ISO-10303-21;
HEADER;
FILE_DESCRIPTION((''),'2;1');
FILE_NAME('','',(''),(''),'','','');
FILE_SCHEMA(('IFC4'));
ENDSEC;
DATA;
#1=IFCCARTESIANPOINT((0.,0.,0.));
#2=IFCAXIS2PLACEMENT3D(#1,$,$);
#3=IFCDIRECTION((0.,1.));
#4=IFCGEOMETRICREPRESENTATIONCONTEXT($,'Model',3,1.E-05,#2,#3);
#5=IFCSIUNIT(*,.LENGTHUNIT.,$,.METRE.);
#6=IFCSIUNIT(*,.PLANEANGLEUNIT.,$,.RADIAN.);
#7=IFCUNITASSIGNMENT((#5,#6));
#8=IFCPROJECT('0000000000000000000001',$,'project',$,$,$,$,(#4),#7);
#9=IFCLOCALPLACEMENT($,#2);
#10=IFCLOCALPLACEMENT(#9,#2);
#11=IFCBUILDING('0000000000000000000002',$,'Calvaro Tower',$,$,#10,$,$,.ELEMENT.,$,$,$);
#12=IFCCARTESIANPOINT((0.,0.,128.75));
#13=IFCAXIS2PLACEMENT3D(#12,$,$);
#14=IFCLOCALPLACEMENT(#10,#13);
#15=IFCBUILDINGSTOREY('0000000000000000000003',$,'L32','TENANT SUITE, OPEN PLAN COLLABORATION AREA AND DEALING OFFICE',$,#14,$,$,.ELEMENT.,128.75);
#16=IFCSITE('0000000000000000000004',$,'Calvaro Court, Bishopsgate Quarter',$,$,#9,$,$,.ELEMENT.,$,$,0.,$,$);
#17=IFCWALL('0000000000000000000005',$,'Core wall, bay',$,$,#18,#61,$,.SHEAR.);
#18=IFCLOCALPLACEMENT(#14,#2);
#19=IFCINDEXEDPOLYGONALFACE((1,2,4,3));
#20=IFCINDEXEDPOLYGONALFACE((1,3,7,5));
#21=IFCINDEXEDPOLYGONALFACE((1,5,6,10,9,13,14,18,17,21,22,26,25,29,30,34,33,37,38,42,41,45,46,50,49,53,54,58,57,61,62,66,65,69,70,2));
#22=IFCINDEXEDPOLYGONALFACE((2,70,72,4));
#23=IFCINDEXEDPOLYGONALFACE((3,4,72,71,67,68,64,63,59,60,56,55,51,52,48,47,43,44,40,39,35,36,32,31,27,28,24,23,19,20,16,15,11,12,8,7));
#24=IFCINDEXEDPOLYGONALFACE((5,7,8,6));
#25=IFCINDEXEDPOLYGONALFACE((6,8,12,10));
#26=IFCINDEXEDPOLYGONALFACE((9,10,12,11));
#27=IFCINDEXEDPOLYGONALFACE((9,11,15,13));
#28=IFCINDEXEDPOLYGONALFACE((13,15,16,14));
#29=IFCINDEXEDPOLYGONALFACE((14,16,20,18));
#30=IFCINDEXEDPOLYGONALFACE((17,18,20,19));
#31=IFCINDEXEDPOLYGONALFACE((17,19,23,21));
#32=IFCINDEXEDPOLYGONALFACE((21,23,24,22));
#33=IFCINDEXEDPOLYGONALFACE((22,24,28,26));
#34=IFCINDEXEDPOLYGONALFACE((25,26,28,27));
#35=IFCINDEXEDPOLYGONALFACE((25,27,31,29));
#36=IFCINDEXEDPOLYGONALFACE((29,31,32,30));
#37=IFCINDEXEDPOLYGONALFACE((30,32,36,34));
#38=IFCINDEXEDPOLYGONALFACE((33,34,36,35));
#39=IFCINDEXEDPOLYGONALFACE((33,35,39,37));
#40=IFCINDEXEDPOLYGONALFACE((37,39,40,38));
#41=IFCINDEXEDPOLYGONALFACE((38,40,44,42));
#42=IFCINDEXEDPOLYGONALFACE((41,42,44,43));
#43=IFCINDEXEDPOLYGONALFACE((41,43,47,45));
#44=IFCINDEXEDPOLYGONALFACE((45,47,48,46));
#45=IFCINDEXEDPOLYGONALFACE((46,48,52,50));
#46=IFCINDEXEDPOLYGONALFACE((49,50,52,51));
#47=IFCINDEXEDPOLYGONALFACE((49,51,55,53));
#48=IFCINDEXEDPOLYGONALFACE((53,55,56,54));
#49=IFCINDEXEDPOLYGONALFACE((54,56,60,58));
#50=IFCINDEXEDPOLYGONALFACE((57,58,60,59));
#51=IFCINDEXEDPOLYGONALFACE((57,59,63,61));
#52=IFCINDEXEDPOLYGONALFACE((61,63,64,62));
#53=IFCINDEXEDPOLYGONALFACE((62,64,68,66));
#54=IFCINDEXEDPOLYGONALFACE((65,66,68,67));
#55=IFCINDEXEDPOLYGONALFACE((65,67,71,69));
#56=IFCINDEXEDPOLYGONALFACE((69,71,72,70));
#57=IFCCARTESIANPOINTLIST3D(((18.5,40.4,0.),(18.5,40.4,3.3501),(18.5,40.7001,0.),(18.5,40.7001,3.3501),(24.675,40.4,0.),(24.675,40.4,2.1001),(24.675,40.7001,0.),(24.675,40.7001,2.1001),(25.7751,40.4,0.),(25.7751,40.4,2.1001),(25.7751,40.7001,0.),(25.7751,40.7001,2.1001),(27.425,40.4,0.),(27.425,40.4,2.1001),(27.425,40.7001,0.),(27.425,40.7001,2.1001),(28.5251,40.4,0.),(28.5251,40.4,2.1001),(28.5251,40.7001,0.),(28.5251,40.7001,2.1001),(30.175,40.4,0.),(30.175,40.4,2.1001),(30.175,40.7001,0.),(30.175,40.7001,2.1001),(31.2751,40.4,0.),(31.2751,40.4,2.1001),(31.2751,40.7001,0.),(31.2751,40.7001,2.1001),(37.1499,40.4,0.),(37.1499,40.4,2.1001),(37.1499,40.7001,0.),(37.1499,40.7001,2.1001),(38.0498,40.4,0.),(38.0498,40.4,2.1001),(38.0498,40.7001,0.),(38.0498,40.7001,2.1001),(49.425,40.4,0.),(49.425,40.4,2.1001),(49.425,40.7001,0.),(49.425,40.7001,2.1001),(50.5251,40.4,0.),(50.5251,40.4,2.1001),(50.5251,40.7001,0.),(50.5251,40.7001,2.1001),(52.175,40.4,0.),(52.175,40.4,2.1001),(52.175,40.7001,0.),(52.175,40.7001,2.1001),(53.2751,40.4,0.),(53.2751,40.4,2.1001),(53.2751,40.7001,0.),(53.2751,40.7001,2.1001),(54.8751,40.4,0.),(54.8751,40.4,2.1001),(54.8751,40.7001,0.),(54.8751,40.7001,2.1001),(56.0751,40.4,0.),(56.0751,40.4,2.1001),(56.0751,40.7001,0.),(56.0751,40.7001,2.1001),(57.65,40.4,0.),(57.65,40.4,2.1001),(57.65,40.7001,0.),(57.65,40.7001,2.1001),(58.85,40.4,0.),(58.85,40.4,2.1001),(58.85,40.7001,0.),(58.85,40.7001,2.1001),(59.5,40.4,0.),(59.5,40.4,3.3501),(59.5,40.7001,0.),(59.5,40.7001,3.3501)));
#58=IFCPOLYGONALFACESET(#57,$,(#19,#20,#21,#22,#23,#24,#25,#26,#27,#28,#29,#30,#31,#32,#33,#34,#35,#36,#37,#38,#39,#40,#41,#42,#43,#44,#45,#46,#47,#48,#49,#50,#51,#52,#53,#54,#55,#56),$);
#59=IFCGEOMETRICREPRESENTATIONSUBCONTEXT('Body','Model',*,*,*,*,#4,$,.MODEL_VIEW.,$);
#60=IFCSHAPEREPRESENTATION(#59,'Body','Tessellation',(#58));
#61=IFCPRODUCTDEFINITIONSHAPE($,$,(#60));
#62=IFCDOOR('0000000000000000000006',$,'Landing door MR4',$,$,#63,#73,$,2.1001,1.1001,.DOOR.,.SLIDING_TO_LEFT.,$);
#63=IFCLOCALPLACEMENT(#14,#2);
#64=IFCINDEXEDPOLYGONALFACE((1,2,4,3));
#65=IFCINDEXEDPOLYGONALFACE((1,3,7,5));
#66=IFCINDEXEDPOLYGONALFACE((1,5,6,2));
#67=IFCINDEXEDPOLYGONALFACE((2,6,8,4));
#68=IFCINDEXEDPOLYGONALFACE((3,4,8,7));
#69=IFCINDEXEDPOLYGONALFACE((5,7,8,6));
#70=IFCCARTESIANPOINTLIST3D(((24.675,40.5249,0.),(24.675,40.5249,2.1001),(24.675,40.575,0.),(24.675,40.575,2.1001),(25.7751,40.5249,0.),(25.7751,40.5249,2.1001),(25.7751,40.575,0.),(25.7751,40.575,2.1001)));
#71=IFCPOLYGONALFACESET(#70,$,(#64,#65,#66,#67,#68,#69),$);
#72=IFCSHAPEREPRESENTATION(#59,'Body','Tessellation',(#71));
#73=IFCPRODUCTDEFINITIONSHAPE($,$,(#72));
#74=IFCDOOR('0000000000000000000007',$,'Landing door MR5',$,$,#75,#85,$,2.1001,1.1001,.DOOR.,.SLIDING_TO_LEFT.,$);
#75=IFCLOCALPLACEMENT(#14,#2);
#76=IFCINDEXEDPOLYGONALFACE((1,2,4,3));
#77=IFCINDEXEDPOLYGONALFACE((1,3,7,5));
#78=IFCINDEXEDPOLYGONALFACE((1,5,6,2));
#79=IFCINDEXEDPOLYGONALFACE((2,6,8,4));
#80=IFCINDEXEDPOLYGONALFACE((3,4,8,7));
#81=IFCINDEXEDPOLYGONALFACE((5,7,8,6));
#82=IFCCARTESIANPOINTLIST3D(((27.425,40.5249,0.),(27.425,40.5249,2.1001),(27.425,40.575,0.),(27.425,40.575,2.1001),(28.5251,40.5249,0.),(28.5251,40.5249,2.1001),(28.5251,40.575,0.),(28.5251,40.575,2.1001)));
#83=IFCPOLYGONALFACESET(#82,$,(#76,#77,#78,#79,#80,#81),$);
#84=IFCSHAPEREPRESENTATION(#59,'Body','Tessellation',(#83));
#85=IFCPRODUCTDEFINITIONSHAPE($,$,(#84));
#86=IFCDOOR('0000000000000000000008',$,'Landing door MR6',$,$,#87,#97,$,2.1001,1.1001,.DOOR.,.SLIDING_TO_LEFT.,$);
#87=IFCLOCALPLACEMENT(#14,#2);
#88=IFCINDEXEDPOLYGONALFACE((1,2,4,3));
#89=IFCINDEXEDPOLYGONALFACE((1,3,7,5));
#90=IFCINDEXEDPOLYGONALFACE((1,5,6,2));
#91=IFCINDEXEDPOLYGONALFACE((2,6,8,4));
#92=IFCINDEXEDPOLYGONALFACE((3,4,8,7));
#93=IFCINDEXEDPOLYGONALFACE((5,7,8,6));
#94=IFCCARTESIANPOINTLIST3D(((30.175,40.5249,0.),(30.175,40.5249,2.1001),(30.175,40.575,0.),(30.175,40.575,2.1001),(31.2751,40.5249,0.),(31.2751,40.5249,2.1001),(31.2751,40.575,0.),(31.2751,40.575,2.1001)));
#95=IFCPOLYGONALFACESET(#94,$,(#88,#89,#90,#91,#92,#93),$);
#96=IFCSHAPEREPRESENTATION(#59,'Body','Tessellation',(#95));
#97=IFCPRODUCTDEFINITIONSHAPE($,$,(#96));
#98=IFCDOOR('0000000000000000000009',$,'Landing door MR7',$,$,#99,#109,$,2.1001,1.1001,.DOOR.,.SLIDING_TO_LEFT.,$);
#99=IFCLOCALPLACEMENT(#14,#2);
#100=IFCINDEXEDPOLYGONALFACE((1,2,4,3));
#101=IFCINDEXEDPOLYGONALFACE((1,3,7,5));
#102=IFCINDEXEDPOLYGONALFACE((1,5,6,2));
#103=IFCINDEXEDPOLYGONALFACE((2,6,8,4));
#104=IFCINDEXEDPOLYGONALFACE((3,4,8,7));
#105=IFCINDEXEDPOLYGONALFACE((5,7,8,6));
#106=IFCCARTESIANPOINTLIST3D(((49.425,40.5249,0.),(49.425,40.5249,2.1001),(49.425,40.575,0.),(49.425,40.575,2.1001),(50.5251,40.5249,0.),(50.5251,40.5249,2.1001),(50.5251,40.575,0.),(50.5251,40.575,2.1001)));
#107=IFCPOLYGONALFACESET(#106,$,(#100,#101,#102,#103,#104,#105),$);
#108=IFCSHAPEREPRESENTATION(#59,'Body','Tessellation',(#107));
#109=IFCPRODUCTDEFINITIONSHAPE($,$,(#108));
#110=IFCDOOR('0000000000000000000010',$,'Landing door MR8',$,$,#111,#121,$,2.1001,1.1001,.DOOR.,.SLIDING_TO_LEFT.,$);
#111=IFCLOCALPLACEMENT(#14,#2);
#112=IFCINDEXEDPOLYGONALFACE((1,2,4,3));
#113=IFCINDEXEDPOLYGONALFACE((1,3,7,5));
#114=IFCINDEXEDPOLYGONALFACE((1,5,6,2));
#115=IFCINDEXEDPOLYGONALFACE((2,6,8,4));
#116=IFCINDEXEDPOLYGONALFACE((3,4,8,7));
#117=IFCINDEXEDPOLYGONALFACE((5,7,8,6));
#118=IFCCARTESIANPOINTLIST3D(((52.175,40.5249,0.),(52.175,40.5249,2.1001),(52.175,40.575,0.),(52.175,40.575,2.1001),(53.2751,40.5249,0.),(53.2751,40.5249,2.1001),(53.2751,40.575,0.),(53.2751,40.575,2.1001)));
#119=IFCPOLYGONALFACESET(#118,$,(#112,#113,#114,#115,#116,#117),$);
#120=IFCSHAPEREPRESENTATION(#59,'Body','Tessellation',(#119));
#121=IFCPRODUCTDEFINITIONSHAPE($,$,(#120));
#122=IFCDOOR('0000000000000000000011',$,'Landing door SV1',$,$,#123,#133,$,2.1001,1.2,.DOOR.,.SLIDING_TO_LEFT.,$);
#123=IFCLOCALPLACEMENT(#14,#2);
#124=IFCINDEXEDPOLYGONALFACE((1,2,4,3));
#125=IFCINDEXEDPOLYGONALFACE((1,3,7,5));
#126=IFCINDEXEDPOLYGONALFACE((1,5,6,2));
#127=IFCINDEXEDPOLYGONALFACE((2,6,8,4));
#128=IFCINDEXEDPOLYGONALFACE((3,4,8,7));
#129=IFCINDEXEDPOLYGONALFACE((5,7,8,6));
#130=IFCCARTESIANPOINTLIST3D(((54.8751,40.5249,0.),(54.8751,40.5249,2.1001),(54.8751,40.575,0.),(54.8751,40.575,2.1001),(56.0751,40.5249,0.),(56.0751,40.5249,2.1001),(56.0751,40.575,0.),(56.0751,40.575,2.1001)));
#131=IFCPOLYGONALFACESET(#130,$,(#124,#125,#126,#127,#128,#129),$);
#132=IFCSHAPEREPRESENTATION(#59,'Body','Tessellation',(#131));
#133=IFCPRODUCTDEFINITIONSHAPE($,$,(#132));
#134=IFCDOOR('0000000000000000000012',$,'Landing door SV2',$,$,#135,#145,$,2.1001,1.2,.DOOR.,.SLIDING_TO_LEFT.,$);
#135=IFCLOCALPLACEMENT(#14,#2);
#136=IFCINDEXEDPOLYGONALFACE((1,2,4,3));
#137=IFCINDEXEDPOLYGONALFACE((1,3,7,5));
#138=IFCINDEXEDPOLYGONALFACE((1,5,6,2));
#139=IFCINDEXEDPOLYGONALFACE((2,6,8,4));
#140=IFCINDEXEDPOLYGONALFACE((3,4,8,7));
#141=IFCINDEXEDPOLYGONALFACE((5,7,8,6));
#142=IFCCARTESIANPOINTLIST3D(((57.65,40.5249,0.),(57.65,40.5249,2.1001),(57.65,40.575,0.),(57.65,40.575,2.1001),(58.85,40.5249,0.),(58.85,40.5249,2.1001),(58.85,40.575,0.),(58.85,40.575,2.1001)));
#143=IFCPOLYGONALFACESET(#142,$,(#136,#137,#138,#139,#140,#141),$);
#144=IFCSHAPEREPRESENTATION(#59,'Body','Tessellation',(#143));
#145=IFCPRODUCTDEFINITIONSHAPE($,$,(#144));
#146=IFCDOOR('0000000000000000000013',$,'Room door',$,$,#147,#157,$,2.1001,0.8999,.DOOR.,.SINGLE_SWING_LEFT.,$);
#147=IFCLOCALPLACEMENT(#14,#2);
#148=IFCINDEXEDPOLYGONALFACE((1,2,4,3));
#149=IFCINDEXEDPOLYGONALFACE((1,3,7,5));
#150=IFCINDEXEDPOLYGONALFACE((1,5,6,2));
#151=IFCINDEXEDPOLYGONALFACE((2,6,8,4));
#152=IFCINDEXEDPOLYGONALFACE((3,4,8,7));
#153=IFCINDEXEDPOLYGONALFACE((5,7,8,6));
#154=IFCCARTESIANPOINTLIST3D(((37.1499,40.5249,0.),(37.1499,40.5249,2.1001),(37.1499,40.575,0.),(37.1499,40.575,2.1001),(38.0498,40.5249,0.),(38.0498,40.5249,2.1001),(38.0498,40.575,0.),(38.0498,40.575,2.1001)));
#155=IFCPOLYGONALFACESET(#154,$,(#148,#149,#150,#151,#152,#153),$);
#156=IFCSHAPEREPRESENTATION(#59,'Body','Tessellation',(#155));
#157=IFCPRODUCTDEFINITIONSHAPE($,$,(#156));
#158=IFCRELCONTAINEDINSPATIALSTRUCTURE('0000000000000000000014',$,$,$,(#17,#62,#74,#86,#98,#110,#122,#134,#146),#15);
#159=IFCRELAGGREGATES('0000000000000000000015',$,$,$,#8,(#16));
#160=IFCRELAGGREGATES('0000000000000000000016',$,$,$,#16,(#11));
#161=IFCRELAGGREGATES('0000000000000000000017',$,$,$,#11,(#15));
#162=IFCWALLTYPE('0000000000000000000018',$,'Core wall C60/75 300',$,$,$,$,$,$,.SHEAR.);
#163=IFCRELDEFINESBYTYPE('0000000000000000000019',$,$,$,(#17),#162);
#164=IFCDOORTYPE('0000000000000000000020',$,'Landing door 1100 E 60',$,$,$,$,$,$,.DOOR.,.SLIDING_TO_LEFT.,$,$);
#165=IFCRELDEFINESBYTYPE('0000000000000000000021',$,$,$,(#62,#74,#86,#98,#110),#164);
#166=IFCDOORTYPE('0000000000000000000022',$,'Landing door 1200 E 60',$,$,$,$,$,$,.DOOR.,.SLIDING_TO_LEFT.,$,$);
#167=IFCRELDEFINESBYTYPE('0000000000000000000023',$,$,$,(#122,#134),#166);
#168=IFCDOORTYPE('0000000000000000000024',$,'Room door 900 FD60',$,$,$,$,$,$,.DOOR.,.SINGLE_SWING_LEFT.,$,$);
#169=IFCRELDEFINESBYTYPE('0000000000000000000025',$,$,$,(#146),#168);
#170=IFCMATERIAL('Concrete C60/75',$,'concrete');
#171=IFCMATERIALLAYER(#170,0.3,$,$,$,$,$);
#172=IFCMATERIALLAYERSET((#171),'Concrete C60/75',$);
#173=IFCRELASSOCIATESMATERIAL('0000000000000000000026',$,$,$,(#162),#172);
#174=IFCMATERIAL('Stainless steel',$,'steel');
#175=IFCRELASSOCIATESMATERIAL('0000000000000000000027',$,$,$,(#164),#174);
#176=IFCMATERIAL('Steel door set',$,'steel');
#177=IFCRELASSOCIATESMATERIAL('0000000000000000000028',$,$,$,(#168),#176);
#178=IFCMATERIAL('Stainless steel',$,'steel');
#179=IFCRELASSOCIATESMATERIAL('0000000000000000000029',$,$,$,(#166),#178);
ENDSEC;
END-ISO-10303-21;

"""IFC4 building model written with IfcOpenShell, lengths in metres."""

from ifc_helpers import new_model, si_unit, direction, frame, frame_2d, origin, place, context, subcontext, project, spatial, rectangle, extrude, material, layer, layer_set, type_object, element, fill, save


model = new_model("IFC4")

# Units and contexts
model_context = context("Model", 3, precision=1e-05, world=origin(), true_north=direction((0.0, 1.0)))
body_context = subcontext(model_context, "Body", "Model", "MODEL_VIEW")
ifc_project = project(units=[si_unit("LENGTHUNIT", "METRE"), si_unit("PLANEANGLEUNIT", "RADIAN")], contexts=[model_context])

# Site, building, storey
site_placement = place(None, origin())
site = spatial("IfcSite", under=ifc_project, at=site_placement, Name="Calvaro Court, Bishopsgate Quarter", CompositionType="ELEMENT", RefElevation=0.0)
building_placement = place(site_placement, origin())
building = spatial("IfcBuilding", under=site, at=building_placement, Name="Calvaro Tower", CompositionType="ELEMENT")
storey_placement = place(building_placement, frame((0.0, 0.0, 128.75)))
storey = spatial("IfcBuildingStorey", under=building, at=storey_placement, Name="L32", Description="TENANT SUITE, OPEN PLAN COLLABORATION AREA AND DEALING OFFICE", CompositionType="ELEMENT", Elevation=128.75)

# Shared definitions
ifc_material_1 = material(Name="Concrete C60/75", Category="concrete")
ifc_layer_1 = layer(ifc_material_1, 0.3)
ifc_layer_set_1 = layer_set([ifc_layer_1], Name="Concrete C60/75")
wall_type_1 = type_object("IfcWallType", Name="Core wall C60/75 300", PredefinedType="SHEAR", material=ifc_layer_set_1)
ifc_material_2 = material(Name="Stainless steel", Category="steel")
door_type_1 = type_object("IfcDoorType", Name="Landing door 1100 E 60", OperationType="SLIDING_TO_LEFT", PredefinedType="DOOR", material=ifc_material_2)

# Shared definitions
ifc_material_3 = material(Name="Steel door set", Category="steel")
door_type_2 = type_object("IfcDoorType", Name="Room door 900 FD60", OperationType="SINGLE_SWING_LEFT", PredefinedType="DOOR", material=ifc_material_3)

# Wall, openings, doors
wall_1_placement = place(storey_placement, frame((18.5, 40.55, 0.0), z_axis=(0.0, 0.0, 1.0), x_axis=(1.0, 0.0, 0.0)))
wall_1 = element("IfcWall", 1, at=wall_1_placement, inside=storey, type_object=wall_type_1, Name="Core wall, bay", PredefinedType="SHEAR", context=body_context, shape_type="SweptSolid", body=[
    extrude(rectangle(XDim=41.0, YDim=0.3, at=frame_2d((20.5, 0.0))), origin(), (0.0, 0.0, 1.0), 3.3501),
])
opening_1_placement = place(wall_1_placement, frame((18.6499, 0.0, 0.0)))
opening_1 = element("IfcOpeningElement", 2, at=opening_1_placement, cuts=wall_1, PredefinedType="OPENING", context=body_context, shape_type="SweptSolid", body=[
    extrude(rectangle(XDim=0.8999, YDim=2.1001, at=frame_2d((0.45, 1.05))), frame((0.0, 0.1599, 0.0), z_axis=(0.0, -1.0, 0.0), x_axis=(1.0, 0.0, 0.0)), (0.0, 0.0, 1.0), 0.3201),
])
opening_2_placement = place(wall_1_placement, frame((6.175, 0.0, 0.0)))
opening_2 = element("IfcOpeningElement", 3, at=opening_2_placement, cuts=wall_1, PredefinedType="OPENING", context=body_context, shape_type="SweptSolid", body=[
    extrude(rectangle(XDim=1.1001, YDim=2.1001, at=frame_2d((0.55, 1.05))), frame((0.0, 0.1599, 0.0), z_axis=(0.0, -1.0, 0.0), x_axis=(1.0, 0.0, 0.0)), (0.0, 0.0, 1.0), 0.3201),
])
opening_3_placement = place(wall_1_placement, frame((8.925, 0.0, 0.0)))
opening_3 = element("IfcOpeningElement", 4, at=opening_3_placement, cuts=wall_1, PredefinedType="OPENING", context=body_context, shape_type="SweptSolid", body=[
    extrude(rectangle(XDim=1.1001, YDim=2.1001, at=frame_2d((0.55, 1.05))), frame((0.0, 0.1599, 0.0), z_axis=(0.0, -1.0, 0.0), x_axis=(1.0, 0.0, 0.0)), (0.0, 0.0, 1.0), 0.3201),
])
opening_4_placement = place(wall_1_placement, frame((11.675, 0.0, 0.0)))
opening_4 = element("IfcOpeningElement", 5, at=opening_4_placement, cuts=wall_1, PredefinedType="OPENING", context=body_context, shape_type="SweptSolid", body=[
    extrude(rectangle(XDim=1.1001, YDim=2.1001, at=frame_2d((0.55, 1.05))), frame((0.0, 0.1599, 0.0), z_axis=(0.0, -1.0, 0.0), x_axis=(1.0, 0.0, 0.0)), (0.0, 0.0, 1.0), 0.3201),
])
opening_5_placement = place(wall_1_placement, frame((30.925, 0.0, 0.0)))
opening_5 = element("IfcOpeningElement", 6, at=opening_5_placement, cuts=wall_1, PredefinedType="OPENING", context=body_context, shape_type="SweptSolid", body=[
    extrude(rectangle(XDim=1.1001, YDim=2.1001, at=frame_2d((0.55, 1.05))), frame((0.0, 0.1599, 0.0), z_axis=(0.0, -1.0, 0.0), x_axis=(1.0, 0.0, 0.0)), (0.0, 0.0, 1.0), 0.3201),
])
opening_6_placement = place(wall_1_placement, frame((33.675, 0.0, 0.0)))
opening_6 = element("IfcOpeningElement", 7, at=opening_6_placement, cuts=wall_1, PredefinedType="OPENING", context=body_context, shape_type="SweptSolid", body=[
    extrude(rectangle(XDim=1.1001, YDim=2.1001, at=frame_2d((0.55, 1.05))), frame((0.0, 0.1599, 0.0), z_axis=(0.0, -1.0, 0.0), x_axis=(1.0, 0.0, 0.0)), (0.0, 0.0, 1.0), 0.3201),
])
opening_7_placement = place(wall_1_placement, frame((36.375, 0.0, 0.0)))
opening_7 = element("IfcOpeningElement", 8, at=opening_7_placement, cuts=wall_1, PredefinedType="OPENING", context=body_context, shape_type="SweptSolid", body=[
    extrude(rectangle(XDim=1.2, YDim=2.1001, at=frame_2d((0.6001, 1.05))), frame((0.0, 0.1599, 0.0), z_axis=(0.0, -1.0, 0.0), x_axis=(1.0, 0.0, 0.0)), (0.0, 0.0, 1.0), 0.3201),
])
opening_8_placement = place(wall_1_placement, frame((39.1499, 0.0, 0.0)))
opening_8 = element("IfcOpeningElement", 9, at=opening_8_placement, cuts=wall_1, PredefinedType="OPENING", context=body_context, shape_type="SweptSolid", body=[
    extrude(rectangle(XDim=1.2, YDim=2.1001, at=frame_2d((0.6001, 1.05))), frame((0.0, 0.1599, 0.0), z_axis=(0.0, -1.0, 0.0), x_axis=(1.0, 0.0, 0.0)), (0.0, 0.0, 1.0), 0.3201),
])
door_1_placement = place(opening_2_placement, origin())
door_1 = element("IfcDoor", 10, at=door_1_placement, inside=storey, type_object=door_type_1, Name="Landing door MR4", OperationType="SLIDING_TO_LEFT", OverallHeight=2.1001, OverallWidth=1.1001, PredefinedType="DOOR", context=body_context, shape_type="SweptSolid", body=[
    extrude(rectangle(XDim=1.1001, YDim=2.1001, at=frame_2d((0.55, 1.05))), frame((0.0, 0.0249, 0.0), z_axis=(0.0, -1.0, 0.0), x_axis=(1.0, 0.0, 0.0)), (0.0, 0.0, 1.0), 0.05),
])
fill(opening_2, door_1)
door_2_placement = place(opening_3_placement, origin())
door_2 = element("IfcDoor", 11, at=door_2_placement, inside=storey, type_object=door_type_1, Name="Landing door MR5", OperationType="SLIDING_TO_LEFT", OverallHeight=2.1001, OverallWidth=1.1001, PredefinedType="DOOR", context=body_context, shape_type="SweptSolid", body=[
    extrude(rectangle(XDim=1.1001, YDim=2.1001, at=frame_2d((0.55, 1.05))), frame((0.0, 0.0249, 0.0), z_axis=(0.0, -1.0, 0.0), x_axis=(1.0, 0.0, 0.0)), (0.0, 0.0, 1.0), 0.05),
])
fill(opening_3, door_2)
door_3_placement = place(opening_4_placement, origin())
door_3 = element("IfcDoor", 12, at=door_3_placement, inside=storey, type_object=door_type_1, Name="Landing door MR6", OperationType="SLIDING_TO_LEFT", OverallHeight=2.1001, OverallWidth=1.1001, PredefinedType="DOOR", context=body_context, shape_type="SweptSolid", body=[
    extrude(rectangle(XDim=1.1001, YDim=2.1001, at=frame_2d((0.55, 1.05))), frame((0.0, 0.0249, 0.0), z_axis=(0.0, -1.0, 0.0), x_axis=(1.0, 0.0, 0.0)), (0.0, 0.0, 1.0), 0.05),
])
fill(opening_4, door_3)
door_4_placement = place(opening_5_placement, origin())
door_4 = element("IfcDoor", 13, at=door_4_placement, inside=storey, type_object=door_type_1, Name="Landing door MR7", OperationType="SLIDING_TO_LEFT", OverallHeight=2.1001, OverallWidth=1.1001, PredefinedType="DOOR", context=body_context, shape_type="SweptSolid", body=[
    extrude(rectangle(XDim=1.1001, YDim=2.1001, at=frame_2d((0.55, 1.05))), frame((0.0, 0.0249, 0.0), z_axis=(0.0, -1.0, 0.0), x_axis=(1.0, 0.0, 0.0)), (0.0, 0.0, 1.0), 0.05),
])
fill(opening_5, door_4)
door_5_placement = place(opening_6_placement, origin())
door_5 = element("IfcDoor", 14, at=door_5_placement, inside=storey, type_object=door_type_1, Name="Landing door MR8", OperationType="SLIDING_TO_LEFT", OverallHeight=2.1001, OverallWidth=1.1001, PredefinedType="DOOR", context=body_context, shape_type="SweptSolid", body=[
    extrude(rectangle(XDim=1.1001, YDim=2.1001, at=frame_2d((0.55, 1.05))), frame((0.0, 0.0249, 0.0), z_axis=(0.0, -1.0, 0.0), x_axis=(1.0, 0.0, 0.0)), (0.0, 0.0, 1.0), 0.05),
])
fill(opening_6, door_5)
ifc_material_4 = material(Name="Stainless steel", Category="steel")
door_type_3 = type_object("IfcDoorType", Name="Landing door 1200 E 60", OperationType="SLIDING_TO_LEFT", PredefinedType="DOOR", material=ifc_material_4)
door_6_placement = place(opening_7_placement, origin())
door_6 = element("IfcDoor", 15, at=door_6_placement, inside=storey, type_object=door_type_3, Name="Landing door SV1", OperationType="SLIDING_TO_LEFT", OverallHeight=2.1001, OverallWidth=1.2, PredefinedType="DOOR", context=body_context, shape_type="SweptSolid", body=[
    extrude(rectangle(XDim=1.2, YDim=2.1001, at=frame_2d((0.6001, 1.05))), frame((0.0, 0.0249, 0.0), z_axis=(0.0, -1.0, 0.0), x_axis=(1.0, 0.0, 0.0)), (0.0, 0.0, 1.0), 0.05),
])
fill(opening_7, door_6)
door_7_placement = place(opening_8_placement, origin())
door_7 = element("IfcDoor", 16, at=door_7_placement, inside=storey, type_object=door_type_3, Name="Landing door SV2", OperationType="SLIDING_TO_LEFT", OverallHeight=2.1001, OverallWidth=1.2, PredefinedType="DOOR", context=body_context, shape_type="SweptSolid", body=[
    extrude(rectangle(XDim=1.2, YDim=2.1001, at=frame_2d((0.6001, 1.05))), frame((0.0, 0.0249, 0.0), z_axis=(0.0, -1.0, 0.0), x_axis=(1.0, 0.0, 0.0)), (0.0, 0.0, 1.0), 0.05),
])
fill(opening_8, door_7)
door_8_placement = place(opening_1_placement, origin())
door_8 = element("IfcDoor", 17, at=door_8_placement, inside=storey, type_object=door_type_2, Name="Room door", OperationType="SINGLE_SWING_LEFT", OverallHeight=2.1001, OverallWidth=0.8999, PredefinedType="DOOR", context=body_context, shape_type="SweptSolid", body=[
    extrude(rectangle(XDim=0.8999, YDim=2.1001, at=frame_2d((0.45, 1.05))), frame((0.0, 0.0249, 0.0), z_axis=(0.0, -1.0, 0.0), x_axis=(1.0, 0.0, 0.0)), (0.0, 0.0, 1.0), 0.05),
])
fill(opening_1, door_8)

save(model, "model.ifc")
